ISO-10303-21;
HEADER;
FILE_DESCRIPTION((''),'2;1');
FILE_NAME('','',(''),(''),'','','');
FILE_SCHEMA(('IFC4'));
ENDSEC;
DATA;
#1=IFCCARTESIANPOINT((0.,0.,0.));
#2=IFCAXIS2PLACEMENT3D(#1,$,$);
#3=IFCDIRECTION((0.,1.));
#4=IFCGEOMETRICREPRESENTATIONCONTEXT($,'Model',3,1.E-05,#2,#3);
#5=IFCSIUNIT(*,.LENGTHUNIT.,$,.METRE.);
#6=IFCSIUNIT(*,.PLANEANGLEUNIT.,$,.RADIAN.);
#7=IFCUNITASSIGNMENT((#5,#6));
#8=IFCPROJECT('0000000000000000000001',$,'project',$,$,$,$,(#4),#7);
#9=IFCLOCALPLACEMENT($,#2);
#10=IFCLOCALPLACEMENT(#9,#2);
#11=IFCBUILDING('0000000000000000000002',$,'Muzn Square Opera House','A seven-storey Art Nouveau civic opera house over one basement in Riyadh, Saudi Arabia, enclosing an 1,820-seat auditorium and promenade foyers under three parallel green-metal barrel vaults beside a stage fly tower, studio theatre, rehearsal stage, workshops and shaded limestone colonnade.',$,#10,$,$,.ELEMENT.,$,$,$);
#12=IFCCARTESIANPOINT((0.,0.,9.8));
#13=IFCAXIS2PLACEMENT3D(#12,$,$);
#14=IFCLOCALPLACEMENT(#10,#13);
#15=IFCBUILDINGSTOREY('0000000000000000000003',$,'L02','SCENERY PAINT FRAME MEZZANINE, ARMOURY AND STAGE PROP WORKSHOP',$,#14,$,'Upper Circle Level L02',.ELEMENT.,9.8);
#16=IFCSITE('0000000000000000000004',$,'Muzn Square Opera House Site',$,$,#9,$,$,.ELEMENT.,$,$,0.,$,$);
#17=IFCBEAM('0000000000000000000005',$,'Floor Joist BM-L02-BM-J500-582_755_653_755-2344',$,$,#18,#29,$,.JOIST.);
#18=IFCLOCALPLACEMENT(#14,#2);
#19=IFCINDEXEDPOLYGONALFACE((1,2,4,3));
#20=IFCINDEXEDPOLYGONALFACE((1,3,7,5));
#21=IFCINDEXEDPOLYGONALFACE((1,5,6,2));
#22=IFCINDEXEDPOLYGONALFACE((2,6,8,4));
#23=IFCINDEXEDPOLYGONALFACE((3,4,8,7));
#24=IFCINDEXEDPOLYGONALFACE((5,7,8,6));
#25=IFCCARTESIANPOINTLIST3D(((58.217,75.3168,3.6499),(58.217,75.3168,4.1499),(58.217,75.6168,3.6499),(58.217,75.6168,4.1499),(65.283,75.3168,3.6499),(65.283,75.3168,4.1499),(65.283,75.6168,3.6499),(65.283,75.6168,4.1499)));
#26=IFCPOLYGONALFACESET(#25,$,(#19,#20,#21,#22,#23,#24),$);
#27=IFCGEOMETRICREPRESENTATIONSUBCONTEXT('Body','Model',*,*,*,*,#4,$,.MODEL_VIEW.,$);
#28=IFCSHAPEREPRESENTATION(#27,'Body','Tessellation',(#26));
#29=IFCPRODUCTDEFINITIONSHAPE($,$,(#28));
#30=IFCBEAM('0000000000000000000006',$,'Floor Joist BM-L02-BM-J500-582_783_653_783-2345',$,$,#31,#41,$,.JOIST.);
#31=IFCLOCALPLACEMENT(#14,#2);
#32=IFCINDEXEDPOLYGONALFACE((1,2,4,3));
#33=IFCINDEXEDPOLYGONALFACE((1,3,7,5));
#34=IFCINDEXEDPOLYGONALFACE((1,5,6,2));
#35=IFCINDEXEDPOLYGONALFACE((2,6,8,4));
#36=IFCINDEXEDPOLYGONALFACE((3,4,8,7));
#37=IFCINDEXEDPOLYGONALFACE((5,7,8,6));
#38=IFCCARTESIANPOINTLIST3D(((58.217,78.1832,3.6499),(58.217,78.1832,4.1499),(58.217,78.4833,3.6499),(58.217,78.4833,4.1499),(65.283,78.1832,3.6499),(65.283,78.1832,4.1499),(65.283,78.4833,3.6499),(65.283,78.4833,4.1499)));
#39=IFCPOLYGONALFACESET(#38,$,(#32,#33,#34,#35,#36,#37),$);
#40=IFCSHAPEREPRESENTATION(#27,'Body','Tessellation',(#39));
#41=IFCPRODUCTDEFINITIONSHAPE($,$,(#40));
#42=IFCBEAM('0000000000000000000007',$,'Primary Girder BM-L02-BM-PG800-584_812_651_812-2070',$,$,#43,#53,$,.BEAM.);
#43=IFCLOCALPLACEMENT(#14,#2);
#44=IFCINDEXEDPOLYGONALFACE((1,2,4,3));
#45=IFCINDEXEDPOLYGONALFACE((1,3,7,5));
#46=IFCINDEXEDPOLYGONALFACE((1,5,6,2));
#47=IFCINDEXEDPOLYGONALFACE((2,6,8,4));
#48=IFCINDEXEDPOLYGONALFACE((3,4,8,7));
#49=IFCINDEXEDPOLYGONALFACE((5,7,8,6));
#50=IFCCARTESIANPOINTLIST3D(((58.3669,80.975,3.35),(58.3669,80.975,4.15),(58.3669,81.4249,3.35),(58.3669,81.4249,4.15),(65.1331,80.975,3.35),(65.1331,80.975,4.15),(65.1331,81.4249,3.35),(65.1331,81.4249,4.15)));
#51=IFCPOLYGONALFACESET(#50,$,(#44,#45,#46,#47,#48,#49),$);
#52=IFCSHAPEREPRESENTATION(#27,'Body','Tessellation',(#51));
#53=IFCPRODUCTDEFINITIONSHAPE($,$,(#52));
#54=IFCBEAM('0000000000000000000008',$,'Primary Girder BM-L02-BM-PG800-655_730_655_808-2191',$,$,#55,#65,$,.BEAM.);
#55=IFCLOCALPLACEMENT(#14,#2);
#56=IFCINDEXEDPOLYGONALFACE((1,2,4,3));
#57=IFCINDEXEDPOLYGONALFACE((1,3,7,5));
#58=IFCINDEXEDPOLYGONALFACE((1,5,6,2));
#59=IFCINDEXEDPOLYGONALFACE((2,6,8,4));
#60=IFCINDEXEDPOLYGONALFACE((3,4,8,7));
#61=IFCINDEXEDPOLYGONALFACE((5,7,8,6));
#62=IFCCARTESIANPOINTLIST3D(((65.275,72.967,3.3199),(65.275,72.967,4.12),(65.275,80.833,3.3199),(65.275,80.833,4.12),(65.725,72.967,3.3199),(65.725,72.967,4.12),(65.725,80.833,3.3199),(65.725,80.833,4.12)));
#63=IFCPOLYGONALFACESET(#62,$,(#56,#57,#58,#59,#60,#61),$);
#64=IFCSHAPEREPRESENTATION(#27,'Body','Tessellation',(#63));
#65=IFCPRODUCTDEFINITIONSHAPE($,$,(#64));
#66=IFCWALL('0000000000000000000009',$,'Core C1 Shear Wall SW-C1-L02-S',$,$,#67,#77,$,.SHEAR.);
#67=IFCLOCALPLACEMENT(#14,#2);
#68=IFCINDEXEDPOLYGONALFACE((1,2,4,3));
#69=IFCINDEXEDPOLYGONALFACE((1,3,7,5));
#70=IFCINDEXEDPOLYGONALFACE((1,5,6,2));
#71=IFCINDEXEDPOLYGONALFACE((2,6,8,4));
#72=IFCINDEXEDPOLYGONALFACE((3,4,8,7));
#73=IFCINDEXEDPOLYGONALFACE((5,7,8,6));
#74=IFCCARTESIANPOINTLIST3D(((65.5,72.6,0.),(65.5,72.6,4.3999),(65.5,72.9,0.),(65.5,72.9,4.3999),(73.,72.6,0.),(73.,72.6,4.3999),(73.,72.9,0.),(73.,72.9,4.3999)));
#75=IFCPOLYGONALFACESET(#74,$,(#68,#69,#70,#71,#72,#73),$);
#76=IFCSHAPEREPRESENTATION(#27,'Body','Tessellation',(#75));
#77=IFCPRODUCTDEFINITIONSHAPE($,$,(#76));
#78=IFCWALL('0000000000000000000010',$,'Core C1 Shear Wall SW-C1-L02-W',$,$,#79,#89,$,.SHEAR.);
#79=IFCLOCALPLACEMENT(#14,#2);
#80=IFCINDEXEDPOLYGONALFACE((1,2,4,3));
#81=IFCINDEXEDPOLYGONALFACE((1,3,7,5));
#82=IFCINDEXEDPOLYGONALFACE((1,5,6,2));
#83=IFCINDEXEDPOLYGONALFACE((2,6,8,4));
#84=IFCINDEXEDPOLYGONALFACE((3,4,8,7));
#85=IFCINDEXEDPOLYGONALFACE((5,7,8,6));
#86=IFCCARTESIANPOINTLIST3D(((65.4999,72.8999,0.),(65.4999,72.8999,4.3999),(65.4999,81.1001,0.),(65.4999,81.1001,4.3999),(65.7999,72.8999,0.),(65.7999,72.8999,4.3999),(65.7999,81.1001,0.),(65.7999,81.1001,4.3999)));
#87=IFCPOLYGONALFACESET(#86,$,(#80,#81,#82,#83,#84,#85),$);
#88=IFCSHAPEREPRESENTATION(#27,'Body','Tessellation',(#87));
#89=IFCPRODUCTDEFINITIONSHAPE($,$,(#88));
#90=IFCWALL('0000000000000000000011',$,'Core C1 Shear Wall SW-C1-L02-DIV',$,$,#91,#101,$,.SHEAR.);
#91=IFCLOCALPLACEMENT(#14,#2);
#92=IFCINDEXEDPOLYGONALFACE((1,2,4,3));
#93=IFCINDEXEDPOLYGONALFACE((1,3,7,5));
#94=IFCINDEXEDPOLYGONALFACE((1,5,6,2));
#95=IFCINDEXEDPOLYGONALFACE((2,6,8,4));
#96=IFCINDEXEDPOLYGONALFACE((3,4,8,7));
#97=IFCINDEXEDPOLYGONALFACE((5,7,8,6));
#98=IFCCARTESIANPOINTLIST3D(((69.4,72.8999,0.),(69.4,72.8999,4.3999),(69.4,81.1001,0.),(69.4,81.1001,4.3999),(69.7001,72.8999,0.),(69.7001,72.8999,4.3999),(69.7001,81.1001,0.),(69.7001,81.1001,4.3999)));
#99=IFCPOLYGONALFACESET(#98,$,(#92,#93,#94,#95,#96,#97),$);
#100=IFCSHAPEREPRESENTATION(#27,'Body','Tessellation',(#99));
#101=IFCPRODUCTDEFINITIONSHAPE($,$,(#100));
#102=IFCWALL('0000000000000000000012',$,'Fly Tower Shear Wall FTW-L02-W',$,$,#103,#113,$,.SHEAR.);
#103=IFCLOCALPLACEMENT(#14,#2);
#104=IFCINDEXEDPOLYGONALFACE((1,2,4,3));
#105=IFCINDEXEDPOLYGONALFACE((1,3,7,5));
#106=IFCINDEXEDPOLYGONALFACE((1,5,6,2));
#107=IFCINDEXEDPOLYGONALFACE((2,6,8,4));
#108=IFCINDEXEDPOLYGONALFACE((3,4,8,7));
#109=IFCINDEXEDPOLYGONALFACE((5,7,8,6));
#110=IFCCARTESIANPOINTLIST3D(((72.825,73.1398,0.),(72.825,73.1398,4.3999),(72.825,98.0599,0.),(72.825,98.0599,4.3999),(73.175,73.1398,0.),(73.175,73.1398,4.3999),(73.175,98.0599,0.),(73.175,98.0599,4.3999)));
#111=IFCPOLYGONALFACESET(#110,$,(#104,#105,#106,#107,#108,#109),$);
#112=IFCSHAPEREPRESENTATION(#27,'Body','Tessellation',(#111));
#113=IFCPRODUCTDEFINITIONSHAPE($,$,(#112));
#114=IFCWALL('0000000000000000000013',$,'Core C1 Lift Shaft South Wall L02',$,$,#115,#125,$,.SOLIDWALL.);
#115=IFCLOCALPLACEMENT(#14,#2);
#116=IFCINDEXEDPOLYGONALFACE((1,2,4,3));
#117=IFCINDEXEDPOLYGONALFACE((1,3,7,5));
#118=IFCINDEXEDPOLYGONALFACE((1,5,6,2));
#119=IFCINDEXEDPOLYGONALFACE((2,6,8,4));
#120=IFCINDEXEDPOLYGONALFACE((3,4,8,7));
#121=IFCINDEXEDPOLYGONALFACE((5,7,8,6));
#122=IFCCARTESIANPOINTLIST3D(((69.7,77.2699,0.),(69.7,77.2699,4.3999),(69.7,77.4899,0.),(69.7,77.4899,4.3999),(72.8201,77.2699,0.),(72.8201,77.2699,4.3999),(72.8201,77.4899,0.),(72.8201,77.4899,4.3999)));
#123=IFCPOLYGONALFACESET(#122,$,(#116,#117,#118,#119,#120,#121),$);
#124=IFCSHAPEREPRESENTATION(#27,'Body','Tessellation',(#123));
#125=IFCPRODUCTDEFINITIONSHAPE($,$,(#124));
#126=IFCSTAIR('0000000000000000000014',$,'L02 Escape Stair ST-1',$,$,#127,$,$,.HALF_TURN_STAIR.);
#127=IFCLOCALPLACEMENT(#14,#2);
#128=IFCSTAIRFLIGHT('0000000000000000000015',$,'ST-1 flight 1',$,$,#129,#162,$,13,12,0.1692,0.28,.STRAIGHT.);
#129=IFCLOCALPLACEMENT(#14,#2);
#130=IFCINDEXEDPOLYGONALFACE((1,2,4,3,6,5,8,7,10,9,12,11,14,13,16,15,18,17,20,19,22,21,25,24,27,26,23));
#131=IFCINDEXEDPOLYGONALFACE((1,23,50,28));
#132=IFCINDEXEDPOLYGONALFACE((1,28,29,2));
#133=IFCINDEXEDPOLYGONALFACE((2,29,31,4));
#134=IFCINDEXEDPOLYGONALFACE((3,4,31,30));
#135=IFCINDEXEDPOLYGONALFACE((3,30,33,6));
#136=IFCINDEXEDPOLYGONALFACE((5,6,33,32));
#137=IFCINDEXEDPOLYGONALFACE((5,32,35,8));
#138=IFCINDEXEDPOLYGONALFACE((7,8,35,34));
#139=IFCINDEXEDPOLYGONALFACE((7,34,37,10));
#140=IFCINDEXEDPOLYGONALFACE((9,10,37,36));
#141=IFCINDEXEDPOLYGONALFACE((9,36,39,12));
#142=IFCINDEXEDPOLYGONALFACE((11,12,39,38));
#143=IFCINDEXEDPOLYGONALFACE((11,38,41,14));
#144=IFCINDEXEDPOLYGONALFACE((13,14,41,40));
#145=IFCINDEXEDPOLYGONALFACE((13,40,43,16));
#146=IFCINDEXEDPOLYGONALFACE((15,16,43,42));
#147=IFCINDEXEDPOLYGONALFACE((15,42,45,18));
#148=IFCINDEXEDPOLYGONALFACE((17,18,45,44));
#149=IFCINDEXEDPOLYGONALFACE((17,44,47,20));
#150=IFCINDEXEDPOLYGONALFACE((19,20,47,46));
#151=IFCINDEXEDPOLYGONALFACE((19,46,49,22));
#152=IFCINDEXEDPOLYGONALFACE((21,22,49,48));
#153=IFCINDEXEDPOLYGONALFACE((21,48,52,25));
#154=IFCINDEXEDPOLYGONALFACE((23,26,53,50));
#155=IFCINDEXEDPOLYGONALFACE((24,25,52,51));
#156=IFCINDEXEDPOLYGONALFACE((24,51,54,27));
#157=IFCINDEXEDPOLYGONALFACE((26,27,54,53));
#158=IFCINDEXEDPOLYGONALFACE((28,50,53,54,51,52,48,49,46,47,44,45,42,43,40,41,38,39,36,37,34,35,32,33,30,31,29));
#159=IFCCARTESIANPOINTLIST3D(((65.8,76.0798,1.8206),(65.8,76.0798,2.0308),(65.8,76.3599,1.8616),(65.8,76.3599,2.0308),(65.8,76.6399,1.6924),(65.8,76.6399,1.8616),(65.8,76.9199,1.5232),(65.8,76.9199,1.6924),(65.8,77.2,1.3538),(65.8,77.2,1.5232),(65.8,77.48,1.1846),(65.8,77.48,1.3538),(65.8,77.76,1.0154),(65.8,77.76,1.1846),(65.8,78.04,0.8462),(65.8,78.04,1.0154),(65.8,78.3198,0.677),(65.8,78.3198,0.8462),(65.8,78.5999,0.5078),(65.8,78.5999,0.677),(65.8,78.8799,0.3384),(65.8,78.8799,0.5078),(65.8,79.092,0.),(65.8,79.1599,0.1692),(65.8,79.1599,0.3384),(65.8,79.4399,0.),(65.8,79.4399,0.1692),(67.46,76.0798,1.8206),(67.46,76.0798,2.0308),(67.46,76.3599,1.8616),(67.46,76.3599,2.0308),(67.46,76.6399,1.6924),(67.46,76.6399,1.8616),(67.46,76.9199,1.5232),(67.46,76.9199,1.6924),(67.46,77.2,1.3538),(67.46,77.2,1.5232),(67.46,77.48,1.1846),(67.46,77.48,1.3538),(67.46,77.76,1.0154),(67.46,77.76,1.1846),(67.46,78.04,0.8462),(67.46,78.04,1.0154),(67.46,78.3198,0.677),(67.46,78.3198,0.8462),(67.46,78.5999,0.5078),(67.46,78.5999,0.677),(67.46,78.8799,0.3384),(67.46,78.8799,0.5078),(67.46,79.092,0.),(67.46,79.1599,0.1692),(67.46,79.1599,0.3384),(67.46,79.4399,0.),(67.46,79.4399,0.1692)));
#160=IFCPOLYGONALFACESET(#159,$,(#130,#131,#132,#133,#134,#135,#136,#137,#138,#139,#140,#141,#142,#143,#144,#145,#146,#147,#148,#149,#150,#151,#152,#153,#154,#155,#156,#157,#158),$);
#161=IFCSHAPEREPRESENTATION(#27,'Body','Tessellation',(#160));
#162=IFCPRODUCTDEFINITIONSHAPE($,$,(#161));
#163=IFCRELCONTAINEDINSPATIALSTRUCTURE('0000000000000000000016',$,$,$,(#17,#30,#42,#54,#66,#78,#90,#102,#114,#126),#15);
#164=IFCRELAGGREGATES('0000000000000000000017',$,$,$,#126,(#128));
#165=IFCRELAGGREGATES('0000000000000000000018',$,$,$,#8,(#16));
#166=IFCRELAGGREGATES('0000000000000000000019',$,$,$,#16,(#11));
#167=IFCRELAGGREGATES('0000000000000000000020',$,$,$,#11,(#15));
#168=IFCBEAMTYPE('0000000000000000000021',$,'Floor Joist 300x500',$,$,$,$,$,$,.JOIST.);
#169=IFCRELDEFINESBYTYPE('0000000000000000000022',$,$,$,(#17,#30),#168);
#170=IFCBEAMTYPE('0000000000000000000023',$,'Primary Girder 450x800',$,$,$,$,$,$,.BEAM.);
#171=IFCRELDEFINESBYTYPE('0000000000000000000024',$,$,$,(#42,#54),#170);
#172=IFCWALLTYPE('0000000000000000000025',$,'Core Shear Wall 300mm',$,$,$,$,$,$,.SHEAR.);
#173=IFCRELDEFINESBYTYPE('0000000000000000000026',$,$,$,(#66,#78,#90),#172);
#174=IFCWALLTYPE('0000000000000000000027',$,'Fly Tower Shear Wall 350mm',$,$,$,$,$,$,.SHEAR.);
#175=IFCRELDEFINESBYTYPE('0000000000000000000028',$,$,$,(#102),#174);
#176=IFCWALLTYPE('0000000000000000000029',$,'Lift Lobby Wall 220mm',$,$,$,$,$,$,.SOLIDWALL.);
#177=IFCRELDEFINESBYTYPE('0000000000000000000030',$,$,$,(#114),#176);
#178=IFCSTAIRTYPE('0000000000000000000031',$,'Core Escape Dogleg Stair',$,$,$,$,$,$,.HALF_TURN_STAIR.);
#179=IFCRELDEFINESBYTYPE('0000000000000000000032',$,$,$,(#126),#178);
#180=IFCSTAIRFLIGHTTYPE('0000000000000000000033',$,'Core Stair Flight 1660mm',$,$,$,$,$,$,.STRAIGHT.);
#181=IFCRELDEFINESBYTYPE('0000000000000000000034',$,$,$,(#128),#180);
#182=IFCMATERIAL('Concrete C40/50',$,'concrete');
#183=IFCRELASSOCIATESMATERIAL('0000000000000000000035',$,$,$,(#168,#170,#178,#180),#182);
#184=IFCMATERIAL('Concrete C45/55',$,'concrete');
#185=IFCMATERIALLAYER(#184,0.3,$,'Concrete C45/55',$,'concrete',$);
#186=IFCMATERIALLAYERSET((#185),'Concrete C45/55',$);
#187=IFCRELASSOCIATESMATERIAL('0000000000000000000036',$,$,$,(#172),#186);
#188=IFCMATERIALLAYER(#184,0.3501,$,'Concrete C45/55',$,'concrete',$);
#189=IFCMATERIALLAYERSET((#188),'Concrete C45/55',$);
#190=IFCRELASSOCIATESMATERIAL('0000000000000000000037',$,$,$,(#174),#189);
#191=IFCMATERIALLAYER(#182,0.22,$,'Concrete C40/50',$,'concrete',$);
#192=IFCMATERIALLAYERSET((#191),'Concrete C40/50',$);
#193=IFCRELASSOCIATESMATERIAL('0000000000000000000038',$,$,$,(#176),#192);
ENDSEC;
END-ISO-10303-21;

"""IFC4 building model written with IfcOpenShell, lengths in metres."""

from ifc_helpers import new_model, si_unit, direction, frame, frame_2d, origin, origin_2d, place, context, subcontext, project, spatial, polyline, rectangle, outline, extrude, material, layer, layer_set, material_profile, profile_set, type_object, element, aggregate, save


model = new_model("IFC4")

# Units and contexts
model_context = context("Model", 3, precision=1e-05, world=origin(), true_north=direction((0.0, 1.0)))
body_context = subcontext(model_context, "Body", "Model", "MODEL_VIEW")
ifc_project = project(units=[si_unit("LENGTHUNIT", "METRE"), si_unit("PLANEANGLEUNIT", "RADIAN")], contexts=[model_context])

# Site, building, storey
site_placement = place(None, origin())
site = spatial("IfcSite", under=ifc_project, at=site_placement, Name="Muzn Square Opera House Site", CompositionType="ELEMENT", RefElevation=0.0)
building_placement = place(site_placement, origin())
building = spatial("IfcBuilding", under=site, at=building_placement, Name="Muzn Square Opera House", Description="A seven-storey Art Nouveau civic opera house over one basement in Riyadh, Saudi Arabia, enclosing an 1,820-seat auditorium and promenade foyers under three parallel green-metal barrel vaults beside a stage fly tower, studio theatre, rehearsal stage, workshops and shaded limestone colonnade.", CompositionType="ELEMENT")
storey_placement = place(building_placement, frame((0.0, 0.0, 9.8)))
storey = spatial("IfcBuildingStorey", under=building, at=storey_placement, Name="L02", Description="SCENERY PAINT FRAME MEZZANINE, ARMOURY AND STAGE PROP WORKSHOP", LongName="Upper Circle Level L02", CompositionType="ELEMENT", Elevation=9.8)

# Beams
ifc_material_1 = material(Name="Concrete C40/50", Category="concrete")
ifc_material_profile_1 = material_profile(ifc_material_1, rectangle(XDim=0.3, YDim=0.5, at=origin_2d()), Name="RCJ 300x500", Category="concrete")
ifc_profile_set_1 = profile_set([ifc_material_profile_1], Name="Concrete C40/50")
beam_type_1 = type_object("IfcBeamType", Name="Floor Joist 300x500", PredefinedType="JOIST", material=ifc_profile_set_1)
for number, where, z_axis, x_axis, name in (
    (1, (58.217, 75.4668, 3.8999), (1.0, 0.0, 0.0), (0.0, 1.0, 0.0), "Floor Joist BM-L02-BM-J500-582_755_653_755-2344"),
    (2, (58.217, 78.3333, 3.8999), (1.0, 0.0, 0.0), (0.0, 1.0, 0.0), "Floor Joist BM-L02-BM-J500-582_783_653_783-2345"),
):
    element("IfcBeam", number, at=place(storey_placement, frame(where, z_axis=z_axis, x_axis=x_axis)), inside=storey, type_object=beam_type_1, Name=name, PredefinedType="JOIST", context=body_context, shape_type="SweptSolid", body=[
        extrude(rectangle(XDim=0.3, YDim=0.5, at=origin_2d()), origin(), (0.0, 0.0, 1.0), 7.0659),
    ])
ifc_material_profile_2 = material_profile(ifc_material_1, rectangle(XDim=0.45, YDim=0.8, at=origin_2d()), Name="RCB 450x800", Category="concrete")
ifc_profile_set_2 = profile_set([ifc_material_profile_2], Name="Concrete C40/50")
beam_type_2 = type_object("IfcBeamType", Name="Primary Girder 450x800", PredefinedType="BEAM", material=ifc_profile_set_2)
beam_1_placement = place(storey_placement, frame((58.3669, 81.2, 3.75), z_axis=(1.0, 0.0, 0.0), x_axis=(0.0, 1.0, 0.0)))
element("IfcBeam", 3, at=beam_1_placement, inside=storey, type_object=beam_type_2, Name="Primary Girder BM-L02-BM-PG800-584_812_651_812-2070", PredefinedType="BEAM", context=body_context, shape_type="SweptSolid", body=[
    extrude(rectangle(XDim=0.45, YDim=0.8, at=origin_2d()), origin(), (0.0, 0.0, 1.0), 6.7661),
])
beam_2_placement = place(storey_placement, frame((65.5, 72.967, 3.72), z_axis=(0.0, 1.0, 0.0), x_axis=(-1.0, 0.0, 0.0)))
element("IfcBeam", 4, at=beam_2_placement, inside=storey, type_object=beam_type_2, Name="Primary Girder BM-L02-BM-PG800-655_730_655_808-2191", PredefinedType="BEAM", context=body_context, shape_type="SweptSolid", body=[
    extrude(rectangle(XDim=0.45, YDim=0.8, at=origin_2d()), origin(), (0.0, 0.0, 1.0), 7.866),
])

# Walls
ifc_material_2 = material(Name="Concrete C45/55", Category="concrete")
ifc_layer_1 = layer(ifc_material_2, 0.3, Name="Concrete C45/55", Category="concrete")
ifc_layer_set_1 = layer_set([ifc_layer_1], Name="Concrete C45/55")
wall_type_1 = type_object("IfcWallType", Name="Core Shear Wall 300mm", PredefinedType="SHEAR", material=ifc_layer_set_1)
wall_1_placement = place(storey_placement, frame((65.5, 72.75, 0.0), z_axis=(0.0, 0.0, 1.0), x_axis=(1.0, 0.0, 0.0)))
element("IfcWall", 5, at=wall_1_placement, inside=storey, type_object=wall_type_1, Name="Core C1 Shear Wall SW-C1-L02-S", PredefinedType="SHEAR", context=body_context, shape_type="SweptSolid", body=[
    extrude(rectangle(XDim=7.5, YDim=0.3, at=frame_2d((3.75, 0.0))), origin(), (0.0, 0.0, 1.0), 4.3999),
])
for number, where, z_axis, x_axis, name in (
    (6, (65.6499, 72.8999, 0.0), (0.0, 0.0, 1.0), (0.0, 1.0, 0.0), "Core C1 Shear Wall SW-C1-L02-W"),
    (7, (69.55, 72.8999, 0.0), (0.0, 0.0, 1.0), (0.0, 1.0, 0.0), "Core C1 Shear Wall SW-C1-L02-DIV"),
):
    element("IfcWall", number, at=place(storey_placement, frame(where, z_axis=z_axis, x_axis=x_axis)), inside=storey, type_object=wall_type_1, Name=name, PredefinedType="SHEAR", context=body_context, shape_type="SweptSolid", body=[
        extrude(rectangle(XDim=8.2002, YDim=0.3, at=frame_2d((4.1001, 0.0))), origin(), (0.0, 0.0, 1.0), 4.3999),
    ])
ifc_layer_2 = layer(ifc_material_2, 0.3501, Name="Concrete C45/55", Category="concrete")
ifc_layer_set_2 = layer_set([ifc_layer_2], Name="Concrete C45/55")
wall_type_2 = type_object("IfcWallType", Name="Fly Tower Shear Wall 350mm", PredefinedType="SHEAR", material=ifc_layer_set_2)
wall_2_placement = place(storey_placement, frame((73.0, 73.1399, 0.0), z_axis=(0.0, 0.0, 1.0), x_axis=(0.0, 1.0, 0.0)))
element("IfcWall", 8, at=wall_2_placement, inside=storey, type_object=wall_type_2, Name="Fly Tower Shear Wall FTW-L02-W", PredefinedType="SHEAR", context=body_context, shape_type="SweptSolid", body=[
    extrude(rectangle(XDim=24.9202, YDim=0.3501, at=frame_2d((12.46, 0.0))), origin(), (0.0, 0.0, 1.0), 4.3999),
])
ifc_layer_3 = layer(ifc_material_1, 0.22, Name="Concrete C40/50", Category="concrete")
ifc_layer_set_3 = layer_set([ifc_layer_3], Name="Concrete C40/50")
wall_type_3 = type_object("IfcWallType", Name="Lift Lobby Wall 220mm", PredefinedType="SOLIDWALL", material=ifc_layer_set_3)
wall_3_placement = place(storey_placement, frame((69.7, 77.3799, 0.0), z_axis=(0.0, 0.0, 1.0), x_axis=(1.0, 0.0, 0.0)))
element("IfcWall", 9, at=wall_3_placement, inside=storey, type_object=wall_type_3, Name="Core C1 Lift Shaft South Wall L02", PredefinedType="SOLIDWALL", context=body_context, shape_type="SweptSolid", body=[
    extrude(rectangle(XDim=3.1201, YDim=0.22, at=frame_2d((1.5601, 0.0))), origin(), (0.0, 0.0, 1.0), 4.3999),
])

# Stair, stair flight
stair_type = type_object("IfcStairType", Name="Core Escape Dogleg Stair", PredefinedType="HALF_TURN_STAIR", material=ifc_material_1)
stair_placement = place(storey_placement, origin())
stair = element("IfcStair", 10, at=stair_placement, inside=storey, type_object=stair_type, Name="L02 Escape Stair ST-1", PredefinedType="HALF_TURN_STAIR")
stair_flight_type = type_object("IfcStairFlightType", Name="Core Stair Flight 1660mm", PredefinedType="STRAIGHT", material=ifc_material_1)
stair_flight_1_placement = place(storey_placement, frame((66.6299, 79.4399, 0.0), z_axis=(0.0, 0.0, 1.0), x_axis=(0.0, -1.0, 0.0)))
stair_flight_1 = element("IfcStairFlight", 11, at=stair_flight_1_placement, type_object=stair_flight_type, Name="ST-1 flight 1", NumberOfRisers=13, NumberOfTreads=12, PredefinedType="STRAIGHT", RiserHeight=0.1692, TreadLength=0.28, context=body_context, shape_type="SweptSolid", body=[
    extrude(outline(polyline([(0.0, 0.0), (0.0, 0.1692), (0.28, 0.1692), (0.28, 0.3384), (0.5601, 0.3384), (0.5601, 0.5078), (0.8401, 0.5078), (0.8401, 0.677), (1.1201, 0.677), (1.1201, 0.8462), (1.3999, 0.8462), (1.3999, 1.0154), (1.6799, 1.0154), (1.6799, 1.1846), (1.96, 1.1846), (1.96, 1.3538), (2.24, 1.3538), (2.24, 1.5232), (2.52, 1.5232), (2.52, 1.6924), (2.8, 1.6924), (2.8, 1.8616), (3.0801, 1.8616), (3.0801, 2.0308), (3.3601, 2.0308), (3.3601, 2.2), (3.3601, 1.8206), (0.3479, 0.0), (0.0, 0.0)])), frame((0.0, 0.8301, 0.0), z_axis=(0.0, -1.0, 0.0), x_axis=(1.0, 0.0, 0.0)), (0.0, 0.0, 1.0), 1.6599),
])
aggregate(stair, [stair_flight_1])

save(model, "model.ifc")
